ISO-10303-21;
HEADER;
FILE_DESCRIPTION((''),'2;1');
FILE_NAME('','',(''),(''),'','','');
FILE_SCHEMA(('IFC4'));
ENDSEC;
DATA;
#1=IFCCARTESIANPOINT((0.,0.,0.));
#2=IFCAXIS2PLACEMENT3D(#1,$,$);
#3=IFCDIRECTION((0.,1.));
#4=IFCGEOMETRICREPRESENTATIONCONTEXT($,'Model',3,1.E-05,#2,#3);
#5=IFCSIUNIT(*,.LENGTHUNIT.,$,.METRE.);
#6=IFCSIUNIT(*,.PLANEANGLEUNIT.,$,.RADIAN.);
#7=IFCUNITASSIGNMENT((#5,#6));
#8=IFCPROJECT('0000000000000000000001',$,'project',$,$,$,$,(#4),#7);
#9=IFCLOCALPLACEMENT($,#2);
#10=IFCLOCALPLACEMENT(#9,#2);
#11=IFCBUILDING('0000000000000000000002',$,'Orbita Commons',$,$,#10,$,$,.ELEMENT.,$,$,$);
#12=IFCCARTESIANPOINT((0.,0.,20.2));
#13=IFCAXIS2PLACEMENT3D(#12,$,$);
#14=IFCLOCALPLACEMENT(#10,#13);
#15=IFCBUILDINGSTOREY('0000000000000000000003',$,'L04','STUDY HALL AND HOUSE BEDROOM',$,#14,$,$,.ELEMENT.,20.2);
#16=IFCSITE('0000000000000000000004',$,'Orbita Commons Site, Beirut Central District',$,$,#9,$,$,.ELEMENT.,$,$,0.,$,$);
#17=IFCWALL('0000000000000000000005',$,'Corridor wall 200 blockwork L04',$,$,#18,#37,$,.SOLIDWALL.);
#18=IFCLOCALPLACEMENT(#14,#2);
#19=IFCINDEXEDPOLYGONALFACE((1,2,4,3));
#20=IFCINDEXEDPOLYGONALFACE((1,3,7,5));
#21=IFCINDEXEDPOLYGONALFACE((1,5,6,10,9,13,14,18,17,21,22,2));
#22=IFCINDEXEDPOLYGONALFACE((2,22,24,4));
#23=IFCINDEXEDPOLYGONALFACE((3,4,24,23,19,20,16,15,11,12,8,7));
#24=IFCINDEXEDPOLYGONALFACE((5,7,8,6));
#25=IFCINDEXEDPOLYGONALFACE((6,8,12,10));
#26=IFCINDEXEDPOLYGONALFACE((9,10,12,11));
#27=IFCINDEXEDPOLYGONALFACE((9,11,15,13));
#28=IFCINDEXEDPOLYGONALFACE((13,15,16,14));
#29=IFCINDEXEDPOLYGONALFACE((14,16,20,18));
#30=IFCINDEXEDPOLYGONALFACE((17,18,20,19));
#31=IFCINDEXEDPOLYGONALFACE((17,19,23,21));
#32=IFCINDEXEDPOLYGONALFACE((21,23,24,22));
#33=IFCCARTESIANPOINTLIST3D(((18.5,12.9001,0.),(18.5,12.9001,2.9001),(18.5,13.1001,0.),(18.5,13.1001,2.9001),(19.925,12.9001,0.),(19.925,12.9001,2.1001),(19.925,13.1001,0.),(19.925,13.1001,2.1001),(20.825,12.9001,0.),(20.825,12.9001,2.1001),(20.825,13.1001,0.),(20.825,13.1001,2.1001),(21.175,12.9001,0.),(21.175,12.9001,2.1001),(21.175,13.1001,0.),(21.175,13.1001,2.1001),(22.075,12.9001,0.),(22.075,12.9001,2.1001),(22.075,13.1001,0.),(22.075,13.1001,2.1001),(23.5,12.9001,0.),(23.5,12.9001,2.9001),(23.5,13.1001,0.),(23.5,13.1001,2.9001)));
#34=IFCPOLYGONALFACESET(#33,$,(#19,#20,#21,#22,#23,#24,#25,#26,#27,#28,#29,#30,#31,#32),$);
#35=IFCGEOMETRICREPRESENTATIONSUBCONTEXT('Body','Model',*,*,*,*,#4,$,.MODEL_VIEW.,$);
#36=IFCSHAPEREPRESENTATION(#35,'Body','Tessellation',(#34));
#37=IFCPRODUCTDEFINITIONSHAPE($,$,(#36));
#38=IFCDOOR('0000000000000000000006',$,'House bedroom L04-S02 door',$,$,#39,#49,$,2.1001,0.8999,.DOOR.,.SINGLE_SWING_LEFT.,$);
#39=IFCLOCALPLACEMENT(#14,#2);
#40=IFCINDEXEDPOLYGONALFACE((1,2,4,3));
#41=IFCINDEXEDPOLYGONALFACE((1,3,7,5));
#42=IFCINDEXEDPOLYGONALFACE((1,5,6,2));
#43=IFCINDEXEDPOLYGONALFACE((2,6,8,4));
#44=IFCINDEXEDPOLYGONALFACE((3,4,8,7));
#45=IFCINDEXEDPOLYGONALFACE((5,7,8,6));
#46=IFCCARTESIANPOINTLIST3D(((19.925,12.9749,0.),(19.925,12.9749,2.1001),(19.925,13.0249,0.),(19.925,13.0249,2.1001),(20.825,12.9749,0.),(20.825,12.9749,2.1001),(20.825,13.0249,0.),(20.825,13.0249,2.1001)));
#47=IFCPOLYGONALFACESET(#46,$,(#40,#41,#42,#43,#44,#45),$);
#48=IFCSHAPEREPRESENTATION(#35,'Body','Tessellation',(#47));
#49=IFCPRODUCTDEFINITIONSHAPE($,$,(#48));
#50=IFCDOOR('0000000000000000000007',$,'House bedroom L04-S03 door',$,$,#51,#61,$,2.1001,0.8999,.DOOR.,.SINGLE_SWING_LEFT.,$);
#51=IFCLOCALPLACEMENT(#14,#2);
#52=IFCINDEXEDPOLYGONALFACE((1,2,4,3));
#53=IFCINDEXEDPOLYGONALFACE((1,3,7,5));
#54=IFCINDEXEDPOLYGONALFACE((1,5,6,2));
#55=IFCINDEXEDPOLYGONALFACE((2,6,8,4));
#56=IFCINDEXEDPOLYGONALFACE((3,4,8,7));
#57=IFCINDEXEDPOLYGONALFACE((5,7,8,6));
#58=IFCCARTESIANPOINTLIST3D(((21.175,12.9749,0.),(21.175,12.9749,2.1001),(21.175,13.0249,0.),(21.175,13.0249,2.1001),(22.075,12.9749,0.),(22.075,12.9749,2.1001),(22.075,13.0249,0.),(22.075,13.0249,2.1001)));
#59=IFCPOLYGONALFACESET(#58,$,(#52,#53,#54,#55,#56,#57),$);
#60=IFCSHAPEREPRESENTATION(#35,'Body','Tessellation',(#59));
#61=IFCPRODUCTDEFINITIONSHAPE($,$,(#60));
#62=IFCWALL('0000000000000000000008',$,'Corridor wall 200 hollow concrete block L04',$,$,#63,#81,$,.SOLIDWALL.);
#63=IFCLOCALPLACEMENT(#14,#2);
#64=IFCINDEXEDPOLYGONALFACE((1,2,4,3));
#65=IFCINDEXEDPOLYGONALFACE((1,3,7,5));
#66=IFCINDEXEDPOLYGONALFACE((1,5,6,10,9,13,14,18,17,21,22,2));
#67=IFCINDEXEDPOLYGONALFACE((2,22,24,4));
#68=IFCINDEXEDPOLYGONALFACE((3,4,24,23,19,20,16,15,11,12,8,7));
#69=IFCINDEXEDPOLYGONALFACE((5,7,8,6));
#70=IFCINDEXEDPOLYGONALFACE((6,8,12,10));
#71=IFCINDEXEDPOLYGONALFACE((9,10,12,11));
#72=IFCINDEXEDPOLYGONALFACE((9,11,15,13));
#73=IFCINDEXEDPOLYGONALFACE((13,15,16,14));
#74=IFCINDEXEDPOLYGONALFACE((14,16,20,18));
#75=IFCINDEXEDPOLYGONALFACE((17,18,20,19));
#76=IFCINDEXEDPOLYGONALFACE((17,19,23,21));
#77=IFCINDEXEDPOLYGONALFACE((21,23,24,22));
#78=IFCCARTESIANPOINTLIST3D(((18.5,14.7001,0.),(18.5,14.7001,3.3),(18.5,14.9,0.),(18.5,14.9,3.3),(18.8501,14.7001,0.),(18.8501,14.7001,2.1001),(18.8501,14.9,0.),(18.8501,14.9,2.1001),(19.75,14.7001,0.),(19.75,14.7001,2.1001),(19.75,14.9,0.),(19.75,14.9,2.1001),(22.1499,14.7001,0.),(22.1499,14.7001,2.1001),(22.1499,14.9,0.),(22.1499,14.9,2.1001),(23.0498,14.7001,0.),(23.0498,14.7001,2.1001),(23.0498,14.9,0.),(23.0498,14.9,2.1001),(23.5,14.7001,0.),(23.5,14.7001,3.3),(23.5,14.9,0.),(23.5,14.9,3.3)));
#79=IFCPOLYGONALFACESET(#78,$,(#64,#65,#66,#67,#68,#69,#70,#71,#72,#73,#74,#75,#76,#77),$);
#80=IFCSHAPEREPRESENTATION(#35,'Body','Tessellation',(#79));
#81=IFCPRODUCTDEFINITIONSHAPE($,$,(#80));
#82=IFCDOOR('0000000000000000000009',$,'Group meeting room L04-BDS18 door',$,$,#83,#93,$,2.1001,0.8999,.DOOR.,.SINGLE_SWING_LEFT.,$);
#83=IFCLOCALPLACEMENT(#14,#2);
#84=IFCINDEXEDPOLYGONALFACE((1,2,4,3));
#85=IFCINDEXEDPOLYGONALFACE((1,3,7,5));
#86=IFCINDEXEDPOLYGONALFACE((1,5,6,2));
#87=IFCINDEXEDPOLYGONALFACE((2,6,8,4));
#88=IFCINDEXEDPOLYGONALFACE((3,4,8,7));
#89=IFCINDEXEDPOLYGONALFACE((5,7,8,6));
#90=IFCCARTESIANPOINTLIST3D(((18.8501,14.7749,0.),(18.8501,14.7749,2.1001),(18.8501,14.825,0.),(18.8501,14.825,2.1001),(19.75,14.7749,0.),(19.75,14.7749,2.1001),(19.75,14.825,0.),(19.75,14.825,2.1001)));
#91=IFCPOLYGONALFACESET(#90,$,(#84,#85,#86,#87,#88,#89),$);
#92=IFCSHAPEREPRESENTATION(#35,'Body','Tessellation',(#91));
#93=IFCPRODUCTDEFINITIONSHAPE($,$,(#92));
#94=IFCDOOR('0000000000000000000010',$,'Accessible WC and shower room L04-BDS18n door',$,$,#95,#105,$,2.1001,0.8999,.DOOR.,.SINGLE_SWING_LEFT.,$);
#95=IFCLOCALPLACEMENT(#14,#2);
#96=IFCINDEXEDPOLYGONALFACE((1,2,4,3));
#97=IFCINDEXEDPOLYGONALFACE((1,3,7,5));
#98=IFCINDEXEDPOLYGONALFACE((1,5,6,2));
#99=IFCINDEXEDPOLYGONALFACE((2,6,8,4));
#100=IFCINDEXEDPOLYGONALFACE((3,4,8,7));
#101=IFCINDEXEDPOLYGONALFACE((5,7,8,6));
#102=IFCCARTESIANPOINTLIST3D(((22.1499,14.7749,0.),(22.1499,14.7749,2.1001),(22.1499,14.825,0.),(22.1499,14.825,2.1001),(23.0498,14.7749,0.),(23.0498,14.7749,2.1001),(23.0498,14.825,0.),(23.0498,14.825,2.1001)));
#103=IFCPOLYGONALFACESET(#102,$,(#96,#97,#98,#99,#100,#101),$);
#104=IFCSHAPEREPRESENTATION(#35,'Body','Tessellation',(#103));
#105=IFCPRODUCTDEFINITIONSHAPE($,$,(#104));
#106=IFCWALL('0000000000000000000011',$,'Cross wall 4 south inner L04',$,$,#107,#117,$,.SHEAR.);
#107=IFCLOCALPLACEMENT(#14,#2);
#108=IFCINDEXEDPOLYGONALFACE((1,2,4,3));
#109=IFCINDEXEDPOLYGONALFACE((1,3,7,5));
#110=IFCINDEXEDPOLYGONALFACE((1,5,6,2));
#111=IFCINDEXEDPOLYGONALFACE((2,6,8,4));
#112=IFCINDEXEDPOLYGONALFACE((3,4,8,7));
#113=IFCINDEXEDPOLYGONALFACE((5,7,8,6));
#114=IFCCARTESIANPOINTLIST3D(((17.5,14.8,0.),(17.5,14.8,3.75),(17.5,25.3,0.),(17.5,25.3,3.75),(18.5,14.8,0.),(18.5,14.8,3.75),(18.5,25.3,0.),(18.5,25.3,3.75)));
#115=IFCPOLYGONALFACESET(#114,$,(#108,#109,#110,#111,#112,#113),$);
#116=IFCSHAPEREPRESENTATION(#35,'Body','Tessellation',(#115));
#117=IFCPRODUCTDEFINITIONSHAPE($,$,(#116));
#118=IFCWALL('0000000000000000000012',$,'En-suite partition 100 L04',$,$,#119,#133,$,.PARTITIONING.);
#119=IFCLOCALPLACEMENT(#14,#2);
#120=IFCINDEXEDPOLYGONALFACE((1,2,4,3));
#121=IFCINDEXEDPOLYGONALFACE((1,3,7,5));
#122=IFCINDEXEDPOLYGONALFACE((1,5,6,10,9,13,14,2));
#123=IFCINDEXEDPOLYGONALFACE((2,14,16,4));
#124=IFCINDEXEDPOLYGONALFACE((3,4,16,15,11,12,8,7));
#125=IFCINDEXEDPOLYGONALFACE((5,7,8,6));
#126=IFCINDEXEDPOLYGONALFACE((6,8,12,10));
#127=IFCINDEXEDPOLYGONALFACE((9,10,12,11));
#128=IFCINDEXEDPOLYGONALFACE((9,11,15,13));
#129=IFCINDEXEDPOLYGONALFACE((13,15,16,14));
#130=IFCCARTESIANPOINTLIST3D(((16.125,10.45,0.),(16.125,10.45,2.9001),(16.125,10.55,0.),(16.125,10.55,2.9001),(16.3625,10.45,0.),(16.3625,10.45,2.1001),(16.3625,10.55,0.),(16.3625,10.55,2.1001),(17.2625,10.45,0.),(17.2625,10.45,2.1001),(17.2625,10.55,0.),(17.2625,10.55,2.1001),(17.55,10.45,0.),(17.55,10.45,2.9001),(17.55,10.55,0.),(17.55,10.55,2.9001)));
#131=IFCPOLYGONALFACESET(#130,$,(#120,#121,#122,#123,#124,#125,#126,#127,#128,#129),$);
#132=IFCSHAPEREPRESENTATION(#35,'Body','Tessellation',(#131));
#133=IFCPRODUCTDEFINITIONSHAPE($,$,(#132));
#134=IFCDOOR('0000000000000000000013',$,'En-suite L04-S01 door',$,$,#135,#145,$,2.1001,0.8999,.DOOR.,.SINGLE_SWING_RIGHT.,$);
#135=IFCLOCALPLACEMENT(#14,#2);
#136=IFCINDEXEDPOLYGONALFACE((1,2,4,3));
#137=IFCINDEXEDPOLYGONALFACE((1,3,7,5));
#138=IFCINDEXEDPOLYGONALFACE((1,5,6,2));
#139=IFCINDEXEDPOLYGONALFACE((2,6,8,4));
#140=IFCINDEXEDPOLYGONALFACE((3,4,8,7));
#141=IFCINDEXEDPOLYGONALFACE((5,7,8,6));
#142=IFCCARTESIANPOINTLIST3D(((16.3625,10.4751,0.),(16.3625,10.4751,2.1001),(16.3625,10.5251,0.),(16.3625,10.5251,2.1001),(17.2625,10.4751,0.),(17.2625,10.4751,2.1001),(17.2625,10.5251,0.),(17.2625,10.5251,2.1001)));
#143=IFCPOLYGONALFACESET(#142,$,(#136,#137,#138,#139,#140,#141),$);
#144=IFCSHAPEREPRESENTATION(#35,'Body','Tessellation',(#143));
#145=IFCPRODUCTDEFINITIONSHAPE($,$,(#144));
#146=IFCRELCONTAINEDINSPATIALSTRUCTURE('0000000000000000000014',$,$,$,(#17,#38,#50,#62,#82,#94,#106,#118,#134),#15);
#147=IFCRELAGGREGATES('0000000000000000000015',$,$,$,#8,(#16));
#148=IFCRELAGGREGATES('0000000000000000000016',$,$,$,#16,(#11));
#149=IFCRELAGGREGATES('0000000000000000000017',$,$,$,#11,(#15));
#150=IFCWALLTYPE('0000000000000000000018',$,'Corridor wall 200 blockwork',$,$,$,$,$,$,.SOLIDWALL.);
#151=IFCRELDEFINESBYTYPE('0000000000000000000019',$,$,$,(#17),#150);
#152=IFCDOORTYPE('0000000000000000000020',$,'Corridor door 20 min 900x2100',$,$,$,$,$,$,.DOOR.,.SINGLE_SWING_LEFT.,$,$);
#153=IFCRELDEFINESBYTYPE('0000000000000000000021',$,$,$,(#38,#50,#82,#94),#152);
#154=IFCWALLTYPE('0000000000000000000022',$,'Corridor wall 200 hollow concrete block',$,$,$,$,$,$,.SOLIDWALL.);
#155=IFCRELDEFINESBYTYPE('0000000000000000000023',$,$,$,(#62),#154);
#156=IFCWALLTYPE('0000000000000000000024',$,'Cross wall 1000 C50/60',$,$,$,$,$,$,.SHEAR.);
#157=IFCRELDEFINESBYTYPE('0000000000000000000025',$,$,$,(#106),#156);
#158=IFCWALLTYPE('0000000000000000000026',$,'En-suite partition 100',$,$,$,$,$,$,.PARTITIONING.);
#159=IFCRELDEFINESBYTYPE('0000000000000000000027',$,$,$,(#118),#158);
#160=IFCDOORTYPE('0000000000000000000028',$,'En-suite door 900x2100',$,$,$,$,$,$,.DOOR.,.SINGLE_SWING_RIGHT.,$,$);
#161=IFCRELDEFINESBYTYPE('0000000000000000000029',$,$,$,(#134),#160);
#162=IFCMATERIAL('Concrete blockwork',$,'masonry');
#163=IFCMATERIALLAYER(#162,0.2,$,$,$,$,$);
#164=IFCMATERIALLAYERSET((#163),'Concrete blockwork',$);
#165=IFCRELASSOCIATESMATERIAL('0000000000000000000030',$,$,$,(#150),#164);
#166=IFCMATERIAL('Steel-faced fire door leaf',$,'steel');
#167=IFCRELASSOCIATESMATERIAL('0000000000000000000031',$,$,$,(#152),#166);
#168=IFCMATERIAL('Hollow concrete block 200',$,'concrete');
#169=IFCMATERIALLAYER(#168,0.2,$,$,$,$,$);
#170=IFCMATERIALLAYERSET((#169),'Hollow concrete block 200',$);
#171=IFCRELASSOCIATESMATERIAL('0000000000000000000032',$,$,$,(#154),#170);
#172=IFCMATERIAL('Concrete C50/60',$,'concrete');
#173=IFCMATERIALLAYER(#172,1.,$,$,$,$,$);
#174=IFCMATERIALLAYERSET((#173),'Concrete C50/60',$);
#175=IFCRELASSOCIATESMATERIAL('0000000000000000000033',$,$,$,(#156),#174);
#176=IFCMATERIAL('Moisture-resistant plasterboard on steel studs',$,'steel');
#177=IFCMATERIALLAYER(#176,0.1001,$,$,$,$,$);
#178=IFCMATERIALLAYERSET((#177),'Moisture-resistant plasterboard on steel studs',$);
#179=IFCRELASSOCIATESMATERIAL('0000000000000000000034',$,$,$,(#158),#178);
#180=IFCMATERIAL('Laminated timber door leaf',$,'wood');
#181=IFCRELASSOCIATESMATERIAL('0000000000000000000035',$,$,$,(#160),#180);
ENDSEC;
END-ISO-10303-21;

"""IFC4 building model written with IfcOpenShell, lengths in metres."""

from ifc_helpers import new_model, si_unit, direction, frame, frame_2d, origin, place, context, subcontext, project, spatial, polyline, rectangle, outline, extrude, material, layer, layer_set, type_object, element, fill, save


model = new_model("IFC4")

# Units and contexts
model_context = context("Model", 3, precision=1e-05, world=origin(), true_north=direction((0.0, 1.0)))
body_context = subcontext(model_context, "Body", "Model", "MODEL_VIEW")
ifc_project = project(units=[si_unit("LENGTHUNIT", "METRE"), si_unit("PLANEANGLEUNIT", "RADIAN")], contexts=[model_context])

# Site, building, storey
site_placement = place(None, origin())
site = spatial("IfcSite", under=ifc_project, at=site_placement, Name="Orbita Commons Site, Beirut Central District", CompositionType="ELEMENT", RefElevation=0.0)
building_placement = place(site_placement, origin())
building = spatial("IfcBuilding", under=site, at=building_placement, Name="Orbita Commons", CompositionType="ELEMENT")
storey_placement = place(building_placement, frame((0.0, 0.0, 20.2)))
storey = spatial("IfcBuildingStorey", under=building, at=storey_placement, Name="L04", Description="STUDY HALL AND HOUSE BEDROOM", CompositionType="ELEMENT", Elevation=20.2)

# Walls, openings, doors
ifc_material_1 = material(Name="Concrete blockwork", Category="masonry")
ifc_layer_1 = layer(ifc_material_1, 0.2)
ifc_layer_set_1 = layer_set([ifc_layer_1], Name="Concrete blockwork")
wall_type_1 = type_object("IfcWallType", Name="Corridor wall 200 blockwork", PredefinedType="SOLIDWALL", material=ifc_layer_set_1)
wall_1_placement = place(storey_placement, frame((18.5, 13.0, 0.0), z_axis=(0.0, 0.0, 1.0), x_axis=(1.0, 0.0, 0.0)))
wall_1 = element("IfcWall", 1, at=wall_1_placement, inside=storey, type_object=wall_type_1, Name="Corridor wall 200 blockwork L04", PredefinedType="SOLIDWALL", context=body_context, shape_type="SweptSolid", body=[
    extrude(outline(polyline([(0.0, 0.0), (5.0, 0.0), (5.0, 2.9001), (0.0, 2.9001), (0.0, 0.0)])), frame((0.0, 0.1001, 0.0), z_axis=(0.0, -1.0, 0.0), x_axis=(1.0, 0.0, 0.0)), (0.0, 0.0, 1.0), 0.2),
])
opening_1_placement = place(wall_1_placement, frame((1.425, 0.0, 0.0)))
opening_1 = element("IfcOpeningElement", 2, at=opening_1_placement, cuts=wall_1, PredefinedType="OPENING", context=body_context, shape_type="SweptSolid", body=[
    extrude(rectangle(XDim=0.8999, YDim=2.1001, at=frame_2d((0.45, 1.05))), frame((0.0, 0.1099, 0.0), z_axis=(0.0, -1.0, 0.0), x_axis=(1.0, 0.0, 0.0)), (0.0, 0.0, 1.0), 0.22),
])
opening_2_placement = place(wall_1_placement, frame((2.675, 0.0, 0.0)))
opening_2 = element("IfcOpeningElement", 3, at=opening_2_placement, cuts=wall_1, PredefinedType="OPENING", context=body_context, shape_type="SweptSolid", body=[
    extrude(rectangle(XDim=0.8999, YDim=2.1001, at=frame_2d((0.45, 1.05))), frame((0.0, 0.1099, 0.0), z_axis=(0.0, -1.0, 0.0), x_axis=(1.0, 0.0, 0.0)), (0.0, 0.0, 1.0), 0.22),
])
ifc_material_2 = material(Name="Steel-faced fire door leaf", Category="steel")
door_type_1 = type_object("IfcDoorType", Name="Corridor door 20 min 900x2100", OperationType="SINGLE_SWING_LEFT", PredefinedType="DOOR", material=ifc_material_2)
door_1_placement = place(opening_1_placement, origin())
door_1 = element("IfcDoor", 4, at=door_1_placement, inside=storey, type_object=door_type_1, Name="House bedroom L04-S02 door", OperationType="SINGLE_SWING_LEFT", OverallHeight=2.1001, OverallWidth=0.8999, PredefinedType="DOOR", context=body_context, shape_type="SweptSolid", body=[
    extrude(rectangle(XDim=0.8999, YDim=2.1001, at=frame_2d((0.45, 1.05))), frame((0.0, 0.0249, 0.0), z_axis=(0.0, -1.0, 0.0), x_axis=(1.0, 0.0, 0.0)), (0.0, 0.0, 1.0), 0.05),
])
fill(opening_1, door_1)
door_2_placement = place(opening_2_placement, origin())
door_2 = element("IfcDoor", 5, at=door_2_placement, inside=storey, type_object=door_type_1, Name="House bedroom L04-S03 door", OperationType="SINGLE_SWING_LEFT", OverallHeight=2.1001, OverallWidth=0.8999, PredefinedType="DOOR", context=body_context, shape_type="SweptSolid", body=[
    extrude(rectangle(XDim=0.8999, YDim=2.1001, at=frame_2d((0.45, 1.05))), frame((0.0, 0.0249, 0.0), z_axis=(0.0, -1.0, 0.0), x_axis=(1.0, 0.0, 0.0)), (0.0, 0.0, 1.0), 0.05),
])
fill(opening_2, door_2)
ifc_material_3 = material(Name="Hollow concrete block 200", Category="concrete")
ifc_layer_2 = layer(ifc_material_3, 0.2)
ifc_layer_set_2 = layer_set([ifc_layer_2], Name="Hollow concrete block 200")
wall_type_2 = type_object("IfcWallType", Name="Corridor wall 200 hollow concrete block", PredefinedType="SOLIDWALL", material=ifc_layer_set_2)
wall_2_placement = place(storey_placement, frame((18.5, 14.8, 0.0), z_axis=(0.0, 0.0, 1.0), x_axis=(1.0, 0.0, 0.0)))
wall_2 = element("IfcWall", 6, at=wall_2_placement, inside=storey, type_object=wall_type_2, Name="Corridor wall 200 hollow concrete block L04", PredefinedType="SOLIDWALL", context=body_context, shape_type="SweptSolid", body=[
    extrude(rectangle(XDim=5.0, YDim=0.2, at=frame_2d((2.5, 0.0))), origin(), (0.0, 0.0, 1.0), 3.3),
])
opening_3_placement = place(wall_2_placement, frame((0.3501, 0.0, 0.0)))
opening_3 = element("IfcOpeningElement", 7, at=opening_3_placement, cuts=wall_2, PredefinedType="OPENING", context=body_context, shape_type="SweptSolid", body=[
    extrude(rectangle(XDim=0.8999, YDim=2.1001, at=frame_2d((0.45, 1.05))), frame((0.0, 0.1099, 0.0), z_axis=(0.0, -1.0, 0.0), x_axis=(1.0, 0.0, 0.0)), (0.0, 0.0, 1.0), 0.22),
])
opening_4_placement = place(wall_2_placement, frame((3.6499, 0.0, 0.0)))
opening_4 = element("IfcOpeningElement", 8, at=opening_4_placement, cuts=wall_2, PredefinedType="OPENING", context=body_context, shape_type="SweptSolid", body=[
    extrude(rectangle(XDim=0.8999, YDim=2.1001, at=frame_2d((0.45, 1.05))), frame((0.0, 0.1099, 0.0), z_axis=(0.0, -1.0, 0.0), x_axis=(1.0, 0.0, 0.0)), (0.0, 0.0, 1.0), 0.22),
])
door_3_placement = place(opening_3_placement, origin())
door_3 = element("IfcDoor", 9, at=door_3_placement, inside=storey, type_object=door_type_1, Name="Group meeting room L04-BDS18 door", OperationType="SINGLE_SWING_LEFT", OverallHeight=2.1001, OverallWidth=0.8999, PredefinedType="DOOR", context=body_context, shape_type="SweptSolid", body=[
    extrude(rectangle(XDim=0.8999, YDim=2.1001, at=frame_2d((0.45, 1.05))), frame((0.0, 0.0249, 0.0), z_axis=(0.0, -1.0, 0.0), x_axis=(1.0, 0.0, 0.0)), (0.0, 0.0, 1.0), 0.05),
])
fill(opening_3, door_3)
door_4_placement = place(opening_4_placement, origin())
door_4 = element("IfcDoor", 10, at=door_4_placement, inside=storey, type_object=door_type_1, Name="Accessible WC and shower room L04-BDS18n door", OperationType="SINGLE_SWING_LEFT", OverallHeight=2.1001, OverallWidth=0.8999, PredefinedType="DOOR", context=body_context, shape_type="SweptSolid", body=[
    extrude(rectangle(XDim=0.8999, YDim=2.1001, at=frame_2d((0.45, 1.05))), frame((0.0, 0.0249, 0.0), z_axis=(0.0, -1.0, 0.0), x_axis=(1.0, 0.0, 0.0)), (0.0, 0.0, 1.0), 0.05),
])
fill(opening_4, door_4)

# Wall
ifc_material_4 = material(Name="Concrete C50/60", Category="concrete")
ifc_layer_3 = layer(ifc_material_4, 1.0)
ifc_layer_set_3 = layer_set([ifc_layer_3], Name="Concrete C50/60")
wall_type_3 = type_object("IfcWallType", Name="Cross wall 1000 C50/60", PredefinedType="SHEAR", material=ifc_layer_set_3)
wall_3_placement = place(storey_placement, frame((18.0, 14.8, 0.0), z_axis=(0.0, 0.0, 1.0), x_axis=(0.0, 1.0, 0.0)))
element("IfcWall", 11, at=wall_3_placement, inside=storey, type_object=wall_type_3, Name="Cross wall 4 south inner L04", PredefinedType="SHEAR", context=body_context, shape_type="SweptSolid", body=[
    extrude(rectangle(XDim=10.5, YDim=1.0, at=frame_2d((5.25, 0.0))), origin(), (0.0, 0.0, 1.0), 3.75),
])

# Wall, opening, door
ifc_material_5 = material(Name="Moisture-resistant plasterboard on steel studs", Category="steel")
ifc_layer_4 = layer(ifc_material_5, 0.1001)
ifc_layer_set_4 = layer_set([ifc_layer_4], Name="Moisture-resistant plasterboard on steel studs")
wall_type_4 = type_object("IfcWallType", Name="En-suite partition 100", PredefinedType="PARTITIONING", material=ifc_layer_set_4)
wall_4_placement = place(storey_placement, frame((17.55, 10.5, 0.0), z_axis=(0.0, 0.0, 1.0), x_axis=(-1.0, 0.0, 0.0)))
wall_4 = element("IfcWall", 12, at=wall_4_placement, inside=storey, type_object=wall_type_4, Name="En-suite partition 100 L04", PredefinedType="PARTITIONING", context=body_context, shape_type="SweptSolid", body=[
    extrude(outline(polyline([(0.0, 0.0), (1.425, 0.0), (1.425, 2.9001), (0.0, 2.9001), (0.0, 0.0)])), frame((0.0, 0.05, 0.0), z_axis=(0.0, -1.0, 0.0), x_axis=(1.0, 0.0, 0.0)), (0.0, 0.0, 1.0), 0.1001),
])
opening_5_placement = place(wall_4_placement, frame((0.2876, 0.0, 0.0)))
opening_5 = element("IfcOpeningElement", 13, at=opening_5_placement, cuts=wall_4, PredefinedType="OPENING", context=body_context, shape_type="SweptSolid", body=[
    extrude(rectangle(XDim=0.8999, YDim=2.1001, at=frame_2d((0.45, 1.05))), frame((0.0, 0.0601, 0.0), z_axis=(0.0, -1.0, 0.0), x_axis=(1.0, 0.0, 0.0)), (0.0, 0.0, 1.0), 0.1201),
])
ifc_material_6 = material(Name="Laminated timber door leaf", Category="wood")
door_type_2 = type_object("IfcDoorType", Name="En-suite door 900x2100", OperationType="SINGLE_SWING_RIGHT", PredefinedType="DOOR", material=ifc_material_6)
door_5_placement = place(opening_5_placement, origin())
door_5 = element("IfcDoor", 14, at=door_5_placement, inside=storey, type_object=door_type_2, Name="En-suite L04-S01 door", OperationType="SINGLE_SWING_RIGHT", OverallHeight=2.1001, OverallWidth=0.8999, PredefinedType="DOOR", context=body_context, shape_type="SweptSolid", body=[
    extrude(rectangle(XDim=0.8999, YDim=2.1001, at=frame_2d((0.45, 1.05))), frame((0.0, 0.0249, 0.0), z_axis=(0.0, -1.0, 0.0), x_axis=(1.0, 0.0, 0.0)), (0.0, 0.0, 1.0), 0.05),
])
fill(opening_5, door_5)

save(model, "model.ifc")
